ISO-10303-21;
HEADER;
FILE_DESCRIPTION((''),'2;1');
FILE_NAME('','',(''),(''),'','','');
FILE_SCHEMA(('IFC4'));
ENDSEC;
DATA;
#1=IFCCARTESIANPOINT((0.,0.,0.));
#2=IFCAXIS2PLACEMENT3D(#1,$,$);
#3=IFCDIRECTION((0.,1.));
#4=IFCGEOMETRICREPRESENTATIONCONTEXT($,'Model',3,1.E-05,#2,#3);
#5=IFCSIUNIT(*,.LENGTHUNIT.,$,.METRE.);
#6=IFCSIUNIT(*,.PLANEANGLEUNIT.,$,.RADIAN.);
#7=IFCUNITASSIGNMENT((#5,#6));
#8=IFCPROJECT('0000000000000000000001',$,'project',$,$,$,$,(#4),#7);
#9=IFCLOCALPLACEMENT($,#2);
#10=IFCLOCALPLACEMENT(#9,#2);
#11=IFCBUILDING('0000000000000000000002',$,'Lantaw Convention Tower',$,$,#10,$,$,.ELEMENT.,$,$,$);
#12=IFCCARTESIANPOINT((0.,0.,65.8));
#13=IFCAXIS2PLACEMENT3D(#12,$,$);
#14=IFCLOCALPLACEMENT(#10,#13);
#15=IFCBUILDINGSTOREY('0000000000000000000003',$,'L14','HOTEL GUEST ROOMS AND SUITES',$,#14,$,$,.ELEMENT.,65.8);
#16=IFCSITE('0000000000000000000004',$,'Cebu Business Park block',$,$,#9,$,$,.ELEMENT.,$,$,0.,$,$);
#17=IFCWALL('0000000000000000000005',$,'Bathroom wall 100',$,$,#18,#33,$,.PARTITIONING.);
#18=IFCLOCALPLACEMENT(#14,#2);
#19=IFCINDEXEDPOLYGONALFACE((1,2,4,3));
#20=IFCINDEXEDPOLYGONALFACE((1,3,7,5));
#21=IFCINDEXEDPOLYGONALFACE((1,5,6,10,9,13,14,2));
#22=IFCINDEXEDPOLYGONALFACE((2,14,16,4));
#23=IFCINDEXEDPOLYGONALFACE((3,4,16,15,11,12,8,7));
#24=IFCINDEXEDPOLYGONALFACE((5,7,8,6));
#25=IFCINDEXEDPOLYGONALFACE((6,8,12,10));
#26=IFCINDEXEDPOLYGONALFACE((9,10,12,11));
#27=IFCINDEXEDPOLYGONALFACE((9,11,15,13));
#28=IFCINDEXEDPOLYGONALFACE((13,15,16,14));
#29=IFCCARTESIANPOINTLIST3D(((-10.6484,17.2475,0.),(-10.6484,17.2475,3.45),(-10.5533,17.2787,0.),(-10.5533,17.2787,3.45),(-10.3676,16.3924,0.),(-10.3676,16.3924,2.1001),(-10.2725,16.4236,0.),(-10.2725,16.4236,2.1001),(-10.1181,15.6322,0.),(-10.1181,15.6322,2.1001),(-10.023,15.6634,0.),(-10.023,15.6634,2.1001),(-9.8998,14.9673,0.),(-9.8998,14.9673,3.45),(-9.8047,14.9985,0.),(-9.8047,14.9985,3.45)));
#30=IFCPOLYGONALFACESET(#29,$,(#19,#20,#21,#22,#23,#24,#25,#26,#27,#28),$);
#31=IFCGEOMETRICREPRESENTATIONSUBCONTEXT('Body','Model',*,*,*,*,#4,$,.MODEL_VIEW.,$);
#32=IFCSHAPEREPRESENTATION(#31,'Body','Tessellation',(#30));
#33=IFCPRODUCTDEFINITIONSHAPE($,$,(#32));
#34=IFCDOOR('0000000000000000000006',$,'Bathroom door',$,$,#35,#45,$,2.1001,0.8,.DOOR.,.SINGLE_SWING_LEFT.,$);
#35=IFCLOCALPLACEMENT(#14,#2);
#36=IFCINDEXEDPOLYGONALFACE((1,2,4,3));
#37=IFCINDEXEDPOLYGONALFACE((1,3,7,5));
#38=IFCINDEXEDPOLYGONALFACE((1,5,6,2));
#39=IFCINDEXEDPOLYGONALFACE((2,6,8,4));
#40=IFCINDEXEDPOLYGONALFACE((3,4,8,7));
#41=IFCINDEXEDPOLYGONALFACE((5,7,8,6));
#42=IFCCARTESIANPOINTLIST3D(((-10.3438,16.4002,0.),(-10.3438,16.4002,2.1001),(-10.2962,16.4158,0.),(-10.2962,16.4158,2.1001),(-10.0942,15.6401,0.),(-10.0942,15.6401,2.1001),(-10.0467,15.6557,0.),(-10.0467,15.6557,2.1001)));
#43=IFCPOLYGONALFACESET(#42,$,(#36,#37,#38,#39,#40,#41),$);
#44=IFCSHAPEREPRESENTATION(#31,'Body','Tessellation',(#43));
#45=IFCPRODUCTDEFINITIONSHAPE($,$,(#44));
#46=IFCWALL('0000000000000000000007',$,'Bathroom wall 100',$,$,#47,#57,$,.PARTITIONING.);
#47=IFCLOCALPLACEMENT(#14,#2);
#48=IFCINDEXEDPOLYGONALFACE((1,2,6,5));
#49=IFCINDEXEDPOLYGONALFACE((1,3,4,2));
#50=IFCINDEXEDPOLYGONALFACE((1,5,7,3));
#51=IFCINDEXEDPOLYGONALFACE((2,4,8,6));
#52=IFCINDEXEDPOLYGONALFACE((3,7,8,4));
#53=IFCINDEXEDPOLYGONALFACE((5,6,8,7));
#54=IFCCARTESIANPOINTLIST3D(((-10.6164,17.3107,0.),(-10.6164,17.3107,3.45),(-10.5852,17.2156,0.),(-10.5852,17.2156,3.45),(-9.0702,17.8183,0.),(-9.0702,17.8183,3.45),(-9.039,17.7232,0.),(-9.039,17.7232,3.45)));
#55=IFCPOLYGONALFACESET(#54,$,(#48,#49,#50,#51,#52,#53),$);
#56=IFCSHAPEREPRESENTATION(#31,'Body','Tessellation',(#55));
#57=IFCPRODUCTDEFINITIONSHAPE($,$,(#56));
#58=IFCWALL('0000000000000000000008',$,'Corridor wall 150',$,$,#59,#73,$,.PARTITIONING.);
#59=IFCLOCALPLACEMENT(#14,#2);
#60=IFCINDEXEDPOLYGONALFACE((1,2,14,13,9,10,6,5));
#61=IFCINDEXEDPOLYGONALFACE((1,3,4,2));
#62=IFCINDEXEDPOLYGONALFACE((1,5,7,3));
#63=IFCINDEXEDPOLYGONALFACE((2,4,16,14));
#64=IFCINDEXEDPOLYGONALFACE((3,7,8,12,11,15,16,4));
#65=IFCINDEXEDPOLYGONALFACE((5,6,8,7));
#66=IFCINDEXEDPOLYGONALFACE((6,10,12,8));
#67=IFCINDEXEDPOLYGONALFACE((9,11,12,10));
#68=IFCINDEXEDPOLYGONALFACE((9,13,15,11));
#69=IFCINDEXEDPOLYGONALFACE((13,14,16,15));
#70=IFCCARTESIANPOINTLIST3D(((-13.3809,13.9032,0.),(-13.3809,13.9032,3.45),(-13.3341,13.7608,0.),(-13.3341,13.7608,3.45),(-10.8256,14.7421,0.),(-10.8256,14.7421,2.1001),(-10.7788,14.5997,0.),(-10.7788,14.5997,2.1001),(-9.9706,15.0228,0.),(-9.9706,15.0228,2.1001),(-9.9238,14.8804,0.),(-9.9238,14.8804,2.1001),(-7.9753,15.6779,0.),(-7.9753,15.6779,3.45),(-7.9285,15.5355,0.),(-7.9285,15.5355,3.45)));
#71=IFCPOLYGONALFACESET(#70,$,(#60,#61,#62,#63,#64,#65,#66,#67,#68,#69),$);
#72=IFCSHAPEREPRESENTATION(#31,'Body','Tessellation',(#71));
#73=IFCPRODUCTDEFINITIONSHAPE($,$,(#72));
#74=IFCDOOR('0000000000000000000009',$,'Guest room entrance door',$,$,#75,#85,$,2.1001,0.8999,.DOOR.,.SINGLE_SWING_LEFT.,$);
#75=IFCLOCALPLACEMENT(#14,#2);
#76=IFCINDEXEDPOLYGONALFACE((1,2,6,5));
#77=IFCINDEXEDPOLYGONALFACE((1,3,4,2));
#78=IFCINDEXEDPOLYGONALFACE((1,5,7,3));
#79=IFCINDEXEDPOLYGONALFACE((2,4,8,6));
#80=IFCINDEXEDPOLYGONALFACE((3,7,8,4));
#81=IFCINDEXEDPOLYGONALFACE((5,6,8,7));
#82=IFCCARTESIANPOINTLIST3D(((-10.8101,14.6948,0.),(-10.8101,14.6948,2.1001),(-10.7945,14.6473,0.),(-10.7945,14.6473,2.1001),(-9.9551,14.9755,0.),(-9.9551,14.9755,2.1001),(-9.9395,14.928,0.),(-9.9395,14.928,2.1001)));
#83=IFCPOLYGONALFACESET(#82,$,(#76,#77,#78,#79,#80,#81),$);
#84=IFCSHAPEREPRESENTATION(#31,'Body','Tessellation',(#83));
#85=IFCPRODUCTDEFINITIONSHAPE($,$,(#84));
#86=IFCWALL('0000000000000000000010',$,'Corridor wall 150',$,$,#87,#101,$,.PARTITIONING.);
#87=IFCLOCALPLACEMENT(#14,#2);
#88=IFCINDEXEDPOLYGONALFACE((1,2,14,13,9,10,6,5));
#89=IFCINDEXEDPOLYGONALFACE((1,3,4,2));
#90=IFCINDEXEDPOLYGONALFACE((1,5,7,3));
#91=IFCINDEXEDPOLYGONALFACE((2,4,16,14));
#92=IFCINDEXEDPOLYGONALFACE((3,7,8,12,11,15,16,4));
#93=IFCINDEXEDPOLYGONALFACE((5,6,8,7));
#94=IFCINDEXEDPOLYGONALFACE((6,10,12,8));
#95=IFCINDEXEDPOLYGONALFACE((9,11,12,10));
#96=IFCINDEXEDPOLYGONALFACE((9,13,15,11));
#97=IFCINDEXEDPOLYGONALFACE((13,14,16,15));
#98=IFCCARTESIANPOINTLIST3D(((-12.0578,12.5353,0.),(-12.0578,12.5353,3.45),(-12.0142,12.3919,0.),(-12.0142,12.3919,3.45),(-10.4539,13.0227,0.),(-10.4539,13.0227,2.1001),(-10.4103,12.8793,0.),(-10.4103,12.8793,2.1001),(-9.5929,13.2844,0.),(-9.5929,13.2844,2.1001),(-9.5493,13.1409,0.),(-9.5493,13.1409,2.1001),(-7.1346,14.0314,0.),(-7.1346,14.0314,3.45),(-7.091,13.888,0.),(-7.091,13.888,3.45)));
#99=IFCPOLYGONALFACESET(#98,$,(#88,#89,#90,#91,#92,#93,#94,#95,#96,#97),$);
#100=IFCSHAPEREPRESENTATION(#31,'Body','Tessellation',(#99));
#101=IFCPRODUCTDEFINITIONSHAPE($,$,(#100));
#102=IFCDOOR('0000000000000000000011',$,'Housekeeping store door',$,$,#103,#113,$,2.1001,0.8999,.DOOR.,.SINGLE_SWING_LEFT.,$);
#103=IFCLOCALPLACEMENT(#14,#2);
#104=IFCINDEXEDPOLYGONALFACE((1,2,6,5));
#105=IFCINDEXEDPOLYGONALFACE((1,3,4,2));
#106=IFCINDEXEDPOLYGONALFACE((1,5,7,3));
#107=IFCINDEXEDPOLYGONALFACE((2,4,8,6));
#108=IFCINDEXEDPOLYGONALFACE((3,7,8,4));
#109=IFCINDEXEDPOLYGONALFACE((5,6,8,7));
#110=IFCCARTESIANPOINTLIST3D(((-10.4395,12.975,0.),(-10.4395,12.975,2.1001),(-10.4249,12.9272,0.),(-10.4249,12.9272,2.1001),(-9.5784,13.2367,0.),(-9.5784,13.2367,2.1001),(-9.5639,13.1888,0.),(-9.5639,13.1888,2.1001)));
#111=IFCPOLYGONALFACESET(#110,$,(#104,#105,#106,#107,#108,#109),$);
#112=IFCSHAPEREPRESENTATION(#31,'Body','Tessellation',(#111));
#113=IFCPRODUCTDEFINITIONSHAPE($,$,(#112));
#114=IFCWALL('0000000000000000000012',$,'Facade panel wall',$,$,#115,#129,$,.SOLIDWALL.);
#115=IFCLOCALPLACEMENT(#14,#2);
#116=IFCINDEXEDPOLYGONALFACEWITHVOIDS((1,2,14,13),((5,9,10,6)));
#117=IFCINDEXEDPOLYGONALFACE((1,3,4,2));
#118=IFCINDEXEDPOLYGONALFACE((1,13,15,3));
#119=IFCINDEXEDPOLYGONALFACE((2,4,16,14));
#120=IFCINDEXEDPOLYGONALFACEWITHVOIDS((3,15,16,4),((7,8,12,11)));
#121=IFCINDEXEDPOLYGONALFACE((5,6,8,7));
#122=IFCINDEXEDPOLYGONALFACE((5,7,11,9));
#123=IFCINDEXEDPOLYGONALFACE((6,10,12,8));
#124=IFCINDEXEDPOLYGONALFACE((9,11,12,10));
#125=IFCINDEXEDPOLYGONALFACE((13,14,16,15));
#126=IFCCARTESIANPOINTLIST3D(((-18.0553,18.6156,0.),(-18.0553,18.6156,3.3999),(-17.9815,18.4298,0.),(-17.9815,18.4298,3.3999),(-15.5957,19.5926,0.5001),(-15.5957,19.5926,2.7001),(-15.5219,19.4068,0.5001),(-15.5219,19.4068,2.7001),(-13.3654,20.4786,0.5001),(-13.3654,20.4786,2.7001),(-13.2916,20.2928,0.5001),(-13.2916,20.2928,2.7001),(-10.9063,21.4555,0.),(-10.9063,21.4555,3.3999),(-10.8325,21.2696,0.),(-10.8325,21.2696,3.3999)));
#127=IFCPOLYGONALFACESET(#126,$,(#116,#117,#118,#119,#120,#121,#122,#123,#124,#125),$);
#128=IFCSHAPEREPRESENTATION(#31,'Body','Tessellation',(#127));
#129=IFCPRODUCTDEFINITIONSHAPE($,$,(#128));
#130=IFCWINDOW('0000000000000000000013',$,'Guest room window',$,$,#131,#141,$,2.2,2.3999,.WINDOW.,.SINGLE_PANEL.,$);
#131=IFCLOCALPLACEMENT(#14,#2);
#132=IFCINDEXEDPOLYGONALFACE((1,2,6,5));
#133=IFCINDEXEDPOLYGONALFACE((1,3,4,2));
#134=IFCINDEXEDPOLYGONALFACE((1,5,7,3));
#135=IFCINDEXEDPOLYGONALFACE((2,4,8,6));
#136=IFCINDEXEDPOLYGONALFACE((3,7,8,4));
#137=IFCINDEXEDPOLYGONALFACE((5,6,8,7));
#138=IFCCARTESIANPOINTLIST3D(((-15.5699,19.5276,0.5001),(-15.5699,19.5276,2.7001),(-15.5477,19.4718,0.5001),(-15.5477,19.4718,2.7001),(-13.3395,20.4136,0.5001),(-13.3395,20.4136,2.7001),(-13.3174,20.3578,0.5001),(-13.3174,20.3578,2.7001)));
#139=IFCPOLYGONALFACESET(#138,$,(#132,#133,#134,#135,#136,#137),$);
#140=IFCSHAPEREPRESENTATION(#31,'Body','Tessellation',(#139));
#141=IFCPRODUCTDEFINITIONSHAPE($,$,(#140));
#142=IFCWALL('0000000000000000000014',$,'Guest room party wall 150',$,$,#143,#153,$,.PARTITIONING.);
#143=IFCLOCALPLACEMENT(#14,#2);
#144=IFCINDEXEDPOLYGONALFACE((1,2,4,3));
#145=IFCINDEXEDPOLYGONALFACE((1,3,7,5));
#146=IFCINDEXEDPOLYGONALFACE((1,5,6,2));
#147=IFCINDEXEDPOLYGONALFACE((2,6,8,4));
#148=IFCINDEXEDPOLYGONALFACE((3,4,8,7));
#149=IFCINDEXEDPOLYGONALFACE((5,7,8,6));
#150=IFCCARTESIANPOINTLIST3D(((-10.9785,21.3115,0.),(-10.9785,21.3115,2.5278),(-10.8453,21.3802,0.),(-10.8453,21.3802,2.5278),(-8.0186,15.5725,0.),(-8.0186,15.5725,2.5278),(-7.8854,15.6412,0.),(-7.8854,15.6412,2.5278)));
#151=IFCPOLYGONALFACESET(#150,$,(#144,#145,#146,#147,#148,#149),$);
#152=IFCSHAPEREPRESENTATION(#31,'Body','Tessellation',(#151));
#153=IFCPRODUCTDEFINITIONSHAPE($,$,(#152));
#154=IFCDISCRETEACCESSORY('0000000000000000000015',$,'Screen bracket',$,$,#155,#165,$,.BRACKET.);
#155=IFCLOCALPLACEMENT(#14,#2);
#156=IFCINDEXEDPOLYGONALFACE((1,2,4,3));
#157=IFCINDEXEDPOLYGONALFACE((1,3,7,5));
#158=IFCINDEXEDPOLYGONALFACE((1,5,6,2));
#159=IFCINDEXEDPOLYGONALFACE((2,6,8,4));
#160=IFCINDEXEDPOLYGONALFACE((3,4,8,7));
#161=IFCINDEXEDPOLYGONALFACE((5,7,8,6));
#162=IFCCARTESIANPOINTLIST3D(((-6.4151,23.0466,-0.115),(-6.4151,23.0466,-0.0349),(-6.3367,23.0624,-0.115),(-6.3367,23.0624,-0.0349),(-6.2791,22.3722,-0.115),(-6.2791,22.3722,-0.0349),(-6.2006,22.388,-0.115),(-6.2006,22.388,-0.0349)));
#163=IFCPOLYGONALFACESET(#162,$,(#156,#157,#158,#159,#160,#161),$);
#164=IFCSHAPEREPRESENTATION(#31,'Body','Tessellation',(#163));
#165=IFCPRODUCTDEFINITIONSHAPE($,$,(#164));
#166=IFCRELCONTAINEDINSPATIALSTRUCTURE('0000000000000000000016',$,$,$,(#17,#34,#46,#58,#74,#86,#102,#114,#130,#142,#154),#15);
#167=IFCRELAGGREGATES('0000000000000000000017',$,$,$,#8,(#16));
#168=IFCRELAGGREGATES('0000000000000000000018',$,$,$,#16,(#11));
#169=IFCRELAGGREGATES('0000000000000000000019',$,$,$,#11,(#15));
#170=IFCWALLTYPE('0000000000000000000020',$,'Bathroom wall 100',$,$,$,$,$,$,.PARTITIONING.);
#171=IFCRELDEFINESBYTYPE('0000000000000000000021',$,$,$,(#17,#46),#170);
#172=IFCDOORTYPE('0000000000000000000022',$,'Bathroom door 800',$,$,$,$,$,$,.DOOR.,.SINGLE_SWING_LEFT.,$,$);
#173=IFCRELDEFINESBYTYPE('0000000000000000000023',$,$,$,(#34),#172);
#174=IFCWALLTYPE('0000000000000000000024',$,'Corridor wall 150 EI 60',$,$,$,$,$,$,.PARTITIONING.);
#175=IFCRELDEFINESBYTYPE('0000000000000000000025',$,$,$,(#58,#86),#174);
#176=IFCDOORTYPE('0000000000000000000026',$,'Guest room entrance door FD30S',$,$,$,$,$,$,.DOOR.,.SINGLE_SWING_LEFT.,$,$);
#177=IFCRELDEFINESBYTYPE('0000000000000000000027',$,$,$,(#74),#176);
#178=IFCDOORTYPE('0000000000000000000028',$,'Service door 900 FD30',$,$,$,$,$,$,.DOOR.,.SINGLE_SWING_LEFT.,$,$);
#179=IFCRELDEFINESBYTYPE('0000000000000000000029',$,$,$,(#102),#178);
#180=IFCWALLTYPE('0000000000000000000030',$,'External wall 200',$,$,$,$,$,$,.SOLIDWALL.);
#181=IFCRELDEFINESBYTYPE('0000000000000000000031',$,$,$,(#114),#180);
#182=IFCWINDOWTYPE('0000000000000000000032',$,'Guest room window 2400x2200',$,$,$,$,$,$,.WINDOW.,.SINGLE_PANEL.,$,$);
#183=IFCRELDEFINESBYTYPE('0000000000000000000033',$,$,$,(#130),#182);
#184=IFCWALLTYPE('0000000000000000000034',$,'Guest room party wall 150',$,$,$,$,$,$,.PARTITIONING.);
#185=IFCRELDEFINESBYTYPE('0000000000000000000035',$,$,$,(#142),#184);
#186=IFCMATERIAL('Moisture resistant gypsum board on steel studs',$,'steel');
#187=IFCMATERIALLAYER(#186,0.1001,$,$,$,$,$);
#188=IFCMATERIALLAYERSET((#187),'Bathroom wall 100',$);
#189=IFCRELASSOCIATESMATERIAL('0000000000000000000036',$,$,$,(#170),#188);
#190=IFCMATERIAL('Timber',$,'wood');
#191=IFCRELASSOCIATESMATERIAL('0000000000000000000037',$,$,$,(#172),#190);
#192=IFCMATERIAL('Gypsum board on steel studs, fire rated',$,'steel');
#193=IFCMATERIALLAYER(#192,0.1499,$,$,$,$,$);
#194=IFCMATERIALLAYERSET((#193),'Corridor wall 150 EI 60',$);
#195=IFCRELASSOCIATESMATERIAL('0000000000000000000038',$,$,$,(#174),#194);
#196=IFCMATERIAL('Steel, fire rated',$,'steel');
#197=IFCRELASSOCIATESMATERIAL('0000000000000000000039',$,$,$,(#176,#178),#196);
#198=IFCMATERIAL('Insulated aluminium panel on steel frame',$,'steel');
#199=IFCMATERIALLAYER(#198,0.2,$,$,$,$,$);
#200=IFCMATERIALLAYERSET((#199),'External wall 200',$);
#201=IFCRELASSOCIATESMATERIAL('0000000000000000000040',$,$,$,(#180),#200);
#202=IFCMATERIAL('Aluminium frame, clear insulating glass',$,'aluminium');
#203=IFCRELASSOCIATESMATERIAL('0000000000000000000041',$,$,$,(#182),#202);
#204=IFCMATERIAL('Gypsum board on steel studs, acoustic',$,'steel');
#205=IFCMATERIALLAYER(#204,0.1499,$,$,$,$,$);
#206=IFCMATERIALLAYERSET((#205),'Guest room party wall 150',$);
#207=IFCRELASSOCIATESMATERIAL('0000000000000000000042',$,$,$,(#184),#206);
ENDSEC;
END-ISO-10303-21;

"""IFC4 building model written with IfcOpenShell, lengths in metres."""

from ifc_helpers import new_model, si_unit, direction, frame, frame_2d, origin, origin_2d, place, context, subcontext, project, spatial, rectangle, extrude, material, layer, layer_set, type_object, element, fill, save


model = new_model("IFC4")

# Units and contexts
model_context = context("Model", 3, precision=1e-05, world=origin(), true_north=direction((0.0, 1.0)))
body_context = subcontext(model_context, "Body", "Model", "MODEL_VIEW")
ifc_project = project(units=[si_unit("LENGTHUNIT", "METRE"), si_unit("PLANEANGLEUNIT", "RADIAN")], contexts=[model_context])

# Site, building, storey
site_placement = place(None, origin())
site = spatial("IfcSite", under=ifc_project, at=site_placement, Name="Cebu Business Park block", CompositionType="ELEMENT", RefElevation=0.0)
building_placement = place(site_placement, origin())
building = spatial("IfcBuilding", under=site, at=building_placement, Name="Lantaw Convention Tower", CompositionType="ELEMENT")
storey_placement = place(building_placement, frame((0.0, 0.0, 65.8)))
storey = spatial("IfcBuildingStorey", under=building, at=storey_placement, Name="L14", Description="HOTEL GUEST ROOMS AND SUITES", CompositionType="ELEMENT", Elevation=65.8)

# Shared definitions
ifc_material_1 = material(Name="Moisture resistant gypsum board on steel studs", Category="steel")
ifc_layer_1 = layer(ifc_material_1, 0.1001)
ifc_layer_set_1 = layer_set([ifc_layer_1], Name="Bathroom wall 100")
wall_type_1 = type_object("IfcWallType", Name="Bathroom wall 100", PredefinedType="PARTITIONING", material=ifc_layer_set_1)
ifc_material_2 = material(Name="Timber", Category="wood")
door_type_1 = type_object("IfcDoorType", Name="Bathroom door 800", OperationType="SINGLE_SWING_LEFT", PredefinedType="DOOR", material=ifc_material_2)

# Wall, opening, door
wall_1_placement = place(storey_placement, frame((-9.8523, 14.9829, 0.0), z_axis=(0.0, 0.0, 1.0), x_axis=(-0.311891, 0.950118, 0.0)))
wall_1 = element("IfcWall", 1, at=wall_1_placement, inside=storey, type_object=wall_type_1, Name="Bathroom wall 100", PredefinedType="PARTITIONING", context=body_context, shape_type="SweptSolid", body=[
    extrude(rectangle(XDim=2.3999, YDim=0.1001, at=frame_2d((1.2, 0.0))), origin(), (0.0, 0.0, 1.0), 3.45),
])
opening_1_placement = place(wall_1_placement, frame((0.7, 0.0, 0.0)))
opening_1 = element("IfcOpeningElement", 2, at=opening_1_placement, cuts=wall_1, PredefinedType="OPENING", context=body_context, shape_type="SweptSolid", body=[
    extrude(rectangle(XDim=0.8, YDim=2.1001, at=frame_2d((0.3999, 1.05))), frame((0.0, 0.0601, 0.0), z_axis=(0.0, -1.0, 0.0), x_axis=(1.0, 0.0, 0.0)), (0.0, 0.0, 1.0), 0.1201),
])
door_1_placement = place(opening_1_placement, origin())
door_1 = element("IfcDoor", 3, at=door_1_placement, inside=storey, type_object=door_type_1, Name="Bathroom door", OperationType="SINGLE_SWING_LEFT", OverallHeight=2.1001, OverallWidth=0.8, PredefinedType="DOOR", context=body_context, shape_type="SweptSolid", body=[
    extrude(rectangle(XDim=0.8, YDim=2.1001, at=frame_2d((0.3999, 1.05))), frame((0.0, 0.0249, 0.0), z_axis=(0.0, -1.0, 0.0), x_axis=(1.0, 0.0, 0.0)), (0.0, 0.0, 1.0), 0.05),
])
fill(opening_1, door_1)

# Wall
wall_2_placement = place(storey_placement, frame((-10.6008, 17.2632, 0.0), z_axis=(0.0, 0.0, 1.0), x_axis=(0.950114, 0.311904, 0.0)))
element("IfcWall", 4, at=wall_2_placement, inside=storey, type_object=wall_type_1, Name="Bathroom wall 100", PredefinedType="PARTITIONING", context=body_context, shape_type="SweptSolid", body=[
    extrude(rectangle(XDim=1.6274, YDim=0.1001, at=frame_2d((0.8137, 0.0))), origin(), (0.0, 0.0, 1.0), 3.45),
])

# Walls, openings, doors
ifc_material_3 = material(Name="Gypsum board on steel studs, fire rated", Category="steel")
ifc_layer_2 = layer(ifc_material_3, 0.1499)
ifc_layer_set_2 = layer_set([ifc_layer_2], Name="Corridor wall 150 EI 60")
wall_type_2 = type_object("IfcWallType", Name="Corridor wall 150 EI 60", PredefinedType="PARTITIONING", material=ifc_layer_set_2)
wall_3_placement = place(storey_placement, frame((-7.9519, 15.6067, 0.0), z_axis=(0.0, 0.0, 1.0), x_axis=(-0.950107, -0.311925, 0.0)))
wall_3 = element("IfcWall", 5, at=wall_3_placement, inside=storey, type_object=wall_type_2, Name="Corridor wall 150", PredefinedType="PARTITIONING", context=body_context, shape_type="SweptSolid", body=[
    extrude(rectangle(XDim=5.6895, YDim=0.1499, at=frame_2d((2.8447, 0.0))), origin(), (0.0, 0.0, 1.0), 3.45),
])
opening_2_placement = place(wall_3_placement, frame((2.1001, 0.0, 0.0)))
opening_2 = element("IfcOpeningElement", 6, at=opening_2_placement, cuts=wall_3, PredefinedType="OPENING", context=body_context, shape_type="SweptSolid", body=[
    extrude(rectangle(XDim=0.8999, YDim=2.1001, at=frame_2d((0.45, 1.05))), frame((0.0, 0.085, 0.0), z_axis=(0.0, -1.0, 0.0), x_axis=(1.0, 0.0, 0.0)), (0.0, 0.0, 1.0), 0.1699),
])
ifc_material_4 = material(Name="Steel, fire rated", Category="steel")
door_type_2 = type_object("IfcDoorType", Name="Guest room entrance door FD30S", OperationType="SINGLE_SWING_LEFT", PredefinedType="DOOR", material=ifc_material_4)
door_2_placement = place(opening_2_placement, origin())
door_2 = element("IfcDoor", 7, at=door_2_placement, inside=storey, type_object=door_type_2, Name="Guest room entrance door", OperationType="SINGLE_SWING_LEFT", OverallHeight=2.1001, OverallWidth=0.8999, PredefinedType="DOOR", context=body_context, shape_type="SweptSolid", body=[
    extrude(rectangle(XDim=0.8999, YDim=2.1001, at=frame_2d((0.45, 1.05))), frame((0.0, 0.0249, 0.0), z_axis=(0.0, -1.0, 0.0), x_axis=(1.0, 0.0, 0.0)), (0.0, 0.0, 1.0), 0.05),
])
fill(opening_2, door_2)
wall_4_placement = place(storey_placement, frame((-7.1128, 13.9597, 0.0), z_axis=(0.0, 0.0, 1.0), x_axis=(-0.956795, -0.290763, 0.0)))
wall_4 = element("IfcWall", 8, at=wall_4_placement, inside=storey, type_object=wall_type_2, Name="Corridor wall 150", PredefinedType="PARTITIONING", context=body_context, shape_type="SweptSolid", body=[
    extrude(rectangle(XDim=5.1455, YDim=0.1499, at=frame_2d((2.5728, 0.0))), origin(), (0.0, 0.0, 1.0), 3.45),
])
opening_3_placement = place(wall_4_placement, frame((2.5693, 0.0, 0.0)))
opening_3 = element("IfcOpeningElement", 9, at=opening_3_placement, cuts=wall_4, PredefinedType="OPENING", context=body_context, shape_type="SweptSolid", body=[
    extrude(rectangle(XDim=0.8999, YDim=2.1001, at=frame_2d((0.45, 1.05))), frame((0.0, 0.085, 0.0), z_axis=(0.0, -1.0, 0.0), x_axis=(1.0, 0.0, 0.0)), (0.0, 0.0, 1.0), 0.1699),
])
door_type_3 = type_object("IfcDoorType", Name="Service door 900 FD30", OperationType="SINGLE_SWING_LEFT", PredefinedType="DOOR", material=ifc_material_4)
door_3_placement = place(opening_3_placement, origin())
door_3 = element("IfcDoor", 10, at=door_3_placement, inside=storey, type_object=door_type_3, Name="Housekeeping store door", OperationType="SINGLE_SWING_LEFT", OverallHeight=2.1001, OverallWidth=0.8999, PredefinedType="DOOR", context=body_context, shape_type="SweptSolid", body=[
    extrude(rectangle(XDim=0.8999, YDim=2.1001, at=frame_2d((0.45, 1.05))), frame((0.0, 0.0249, 0.0), z_axis=(0.0, -1.0, 0.0), x_axis=(1.0, 0.0, 0.0)), (0.0, 0.0, 1.0), 0.05),
])
fill(opening_3, door_3)

# Wall, opening, window
ifc_material_5 = material(Name="Insulated aluminium panel on steel frame", Category="steel")
ifc_layer_3 = layer(ifc_material_5, 0.2)
ifc_layer_set_3 = layer_set([ifc_layer_3], Name="External wall 200")
wall_type_3 = type_object("IfcWallType", Name="External wall 200", PredefinedType="SOLIDWALL", material=ifc_layer_set_3)
wall_5_placement = place(storey_placement, frame((-10.8694, 21.3625, 0.0), z_axis=(0.0, 0.0, 1.0), x_axis=(-0.929358, -0.369179, 0.0)))
wall_5 = element("IfcWall", 11, at=wall_5_placement, inside=storey, type_object=wall_type_3, Name="Facade panel wall", PredefinedType="SOLIDWALL", context=body_context, shape_type="SweptSolid", body=[
    extrude(rectangle(XDim=7.6924, YDim=0.2, at=frame_2d((3.8462, 0.0))), origin(), (0.0, 0.0, 1.0), 3.3999),
])
opening_4_placement = place(wall_5_placement, frame((2.646, 0.0, 0.5)))
opening_4 = element("IfcOpeningElement", 12, at=opening_4_placement, cuts=wall_5, PredefinedType="OPENING", context=body_context, shape_type="SweptSolid", body=[
    extrude(rectangle(XDim=2.3999, YDim=2.2, at=frame_2d((1.2, 1.1001))), frame((0.0, 0.1099, 0.0), z_axis=(0.0, -1.0, 0.0), x_axis=(1.0, 0.0, 0.0)), (0.0, 0.0, 1.0), 0.22),
])
ifc_material_6 = material(Name="Aluminium frame, clear insulating glass", Category="aluminium")
window_type = type_object("IfcWindowType", Name="Guest room window 2400x2200", PartitioningType="SINGLE_PANEL", PredefinedType="WINDOW", material=ifc_material_6)
window_placement = place(opening_4_placement, origin())
window = element("IfcWindow", 13, at=window_placement, inside=storey, type_object=window_type, Name="Guest room window", OverallHeight=2.2, OverallWidth=2.3999, PartitioningType="SINGLE_PANEL", PredefinedType="WINDOW", context=body_context, shape_type="SweptSolid", body=[
    extrude(rectangle(XDim=2.3999, YDim=2.2, at=frame_2d((1.2, 1.1001))), frame((0.0, 0.03, 0.0), z_axis=(0.0, -1.0, 0.0), x_axis=(1.0, 0.0, 0.0)), (0.0, 0.0, 1.0), 0.0601),
])
fill(opening_4, window)

# Wall
ifc_material_7 = material(Name="Gypsum board on steel studs, acoustic", Category="steel")
ifc_layer_4 = layer(ifc_material_7, 0.1499)
ifc_layer_set_4 = layer_set([ifc_layer_4], Name="Guest room party wall 150")
wall_type_4 = type_object("IfcWallType", Name="Guest room party wall 150", PredefinedType="PARTITIONING", material=ifc_layer_set_4)
wall_6_placement = place(storey_placement, frame((-10.9119, 21.3457, 0.0), z_axis=(0.0, 0.0, 1.0), x_axis=(0.458385, -0.888754, 0.0)))
element("IfcWall", 14, at=wall_6_placement, inside=storey, type_object=wall_type_4, Name="Guest room party wall 150", PredefinedType="PARTITIONING", context=body_context, shape_type="SweptSolid", body=[
    extrude(rectangle(XDim=6.4573, YDim=0.1499, at=frame_2d((3.2285, 0.0))), origin(), (0.0, 0.0, 1.0), 2.5278),
])

# Discrete accessory
discrete_accessory_placement = place(storey_placement, frame((-6.3079, 22.7173, -0.115), z_axis=(0.0, 0.0, 1.0), x_axis=(-0.980245, -0.197789, 0.0)))
element("IfcDiscreteAccessory", 15, at=discrete_accessory_placement, inside=storey, Name="Screen bracket", PredefinedType="BRACKET", context=body_context, shape_type="SweptSolid", body=[
    extrude(rectangle(XDim=0.0801, YDim=0.688, at=origin_2d()), origin(), (0.0, 0.0, 1.0), 0.0801),
])

save(model, "model.ifc")
